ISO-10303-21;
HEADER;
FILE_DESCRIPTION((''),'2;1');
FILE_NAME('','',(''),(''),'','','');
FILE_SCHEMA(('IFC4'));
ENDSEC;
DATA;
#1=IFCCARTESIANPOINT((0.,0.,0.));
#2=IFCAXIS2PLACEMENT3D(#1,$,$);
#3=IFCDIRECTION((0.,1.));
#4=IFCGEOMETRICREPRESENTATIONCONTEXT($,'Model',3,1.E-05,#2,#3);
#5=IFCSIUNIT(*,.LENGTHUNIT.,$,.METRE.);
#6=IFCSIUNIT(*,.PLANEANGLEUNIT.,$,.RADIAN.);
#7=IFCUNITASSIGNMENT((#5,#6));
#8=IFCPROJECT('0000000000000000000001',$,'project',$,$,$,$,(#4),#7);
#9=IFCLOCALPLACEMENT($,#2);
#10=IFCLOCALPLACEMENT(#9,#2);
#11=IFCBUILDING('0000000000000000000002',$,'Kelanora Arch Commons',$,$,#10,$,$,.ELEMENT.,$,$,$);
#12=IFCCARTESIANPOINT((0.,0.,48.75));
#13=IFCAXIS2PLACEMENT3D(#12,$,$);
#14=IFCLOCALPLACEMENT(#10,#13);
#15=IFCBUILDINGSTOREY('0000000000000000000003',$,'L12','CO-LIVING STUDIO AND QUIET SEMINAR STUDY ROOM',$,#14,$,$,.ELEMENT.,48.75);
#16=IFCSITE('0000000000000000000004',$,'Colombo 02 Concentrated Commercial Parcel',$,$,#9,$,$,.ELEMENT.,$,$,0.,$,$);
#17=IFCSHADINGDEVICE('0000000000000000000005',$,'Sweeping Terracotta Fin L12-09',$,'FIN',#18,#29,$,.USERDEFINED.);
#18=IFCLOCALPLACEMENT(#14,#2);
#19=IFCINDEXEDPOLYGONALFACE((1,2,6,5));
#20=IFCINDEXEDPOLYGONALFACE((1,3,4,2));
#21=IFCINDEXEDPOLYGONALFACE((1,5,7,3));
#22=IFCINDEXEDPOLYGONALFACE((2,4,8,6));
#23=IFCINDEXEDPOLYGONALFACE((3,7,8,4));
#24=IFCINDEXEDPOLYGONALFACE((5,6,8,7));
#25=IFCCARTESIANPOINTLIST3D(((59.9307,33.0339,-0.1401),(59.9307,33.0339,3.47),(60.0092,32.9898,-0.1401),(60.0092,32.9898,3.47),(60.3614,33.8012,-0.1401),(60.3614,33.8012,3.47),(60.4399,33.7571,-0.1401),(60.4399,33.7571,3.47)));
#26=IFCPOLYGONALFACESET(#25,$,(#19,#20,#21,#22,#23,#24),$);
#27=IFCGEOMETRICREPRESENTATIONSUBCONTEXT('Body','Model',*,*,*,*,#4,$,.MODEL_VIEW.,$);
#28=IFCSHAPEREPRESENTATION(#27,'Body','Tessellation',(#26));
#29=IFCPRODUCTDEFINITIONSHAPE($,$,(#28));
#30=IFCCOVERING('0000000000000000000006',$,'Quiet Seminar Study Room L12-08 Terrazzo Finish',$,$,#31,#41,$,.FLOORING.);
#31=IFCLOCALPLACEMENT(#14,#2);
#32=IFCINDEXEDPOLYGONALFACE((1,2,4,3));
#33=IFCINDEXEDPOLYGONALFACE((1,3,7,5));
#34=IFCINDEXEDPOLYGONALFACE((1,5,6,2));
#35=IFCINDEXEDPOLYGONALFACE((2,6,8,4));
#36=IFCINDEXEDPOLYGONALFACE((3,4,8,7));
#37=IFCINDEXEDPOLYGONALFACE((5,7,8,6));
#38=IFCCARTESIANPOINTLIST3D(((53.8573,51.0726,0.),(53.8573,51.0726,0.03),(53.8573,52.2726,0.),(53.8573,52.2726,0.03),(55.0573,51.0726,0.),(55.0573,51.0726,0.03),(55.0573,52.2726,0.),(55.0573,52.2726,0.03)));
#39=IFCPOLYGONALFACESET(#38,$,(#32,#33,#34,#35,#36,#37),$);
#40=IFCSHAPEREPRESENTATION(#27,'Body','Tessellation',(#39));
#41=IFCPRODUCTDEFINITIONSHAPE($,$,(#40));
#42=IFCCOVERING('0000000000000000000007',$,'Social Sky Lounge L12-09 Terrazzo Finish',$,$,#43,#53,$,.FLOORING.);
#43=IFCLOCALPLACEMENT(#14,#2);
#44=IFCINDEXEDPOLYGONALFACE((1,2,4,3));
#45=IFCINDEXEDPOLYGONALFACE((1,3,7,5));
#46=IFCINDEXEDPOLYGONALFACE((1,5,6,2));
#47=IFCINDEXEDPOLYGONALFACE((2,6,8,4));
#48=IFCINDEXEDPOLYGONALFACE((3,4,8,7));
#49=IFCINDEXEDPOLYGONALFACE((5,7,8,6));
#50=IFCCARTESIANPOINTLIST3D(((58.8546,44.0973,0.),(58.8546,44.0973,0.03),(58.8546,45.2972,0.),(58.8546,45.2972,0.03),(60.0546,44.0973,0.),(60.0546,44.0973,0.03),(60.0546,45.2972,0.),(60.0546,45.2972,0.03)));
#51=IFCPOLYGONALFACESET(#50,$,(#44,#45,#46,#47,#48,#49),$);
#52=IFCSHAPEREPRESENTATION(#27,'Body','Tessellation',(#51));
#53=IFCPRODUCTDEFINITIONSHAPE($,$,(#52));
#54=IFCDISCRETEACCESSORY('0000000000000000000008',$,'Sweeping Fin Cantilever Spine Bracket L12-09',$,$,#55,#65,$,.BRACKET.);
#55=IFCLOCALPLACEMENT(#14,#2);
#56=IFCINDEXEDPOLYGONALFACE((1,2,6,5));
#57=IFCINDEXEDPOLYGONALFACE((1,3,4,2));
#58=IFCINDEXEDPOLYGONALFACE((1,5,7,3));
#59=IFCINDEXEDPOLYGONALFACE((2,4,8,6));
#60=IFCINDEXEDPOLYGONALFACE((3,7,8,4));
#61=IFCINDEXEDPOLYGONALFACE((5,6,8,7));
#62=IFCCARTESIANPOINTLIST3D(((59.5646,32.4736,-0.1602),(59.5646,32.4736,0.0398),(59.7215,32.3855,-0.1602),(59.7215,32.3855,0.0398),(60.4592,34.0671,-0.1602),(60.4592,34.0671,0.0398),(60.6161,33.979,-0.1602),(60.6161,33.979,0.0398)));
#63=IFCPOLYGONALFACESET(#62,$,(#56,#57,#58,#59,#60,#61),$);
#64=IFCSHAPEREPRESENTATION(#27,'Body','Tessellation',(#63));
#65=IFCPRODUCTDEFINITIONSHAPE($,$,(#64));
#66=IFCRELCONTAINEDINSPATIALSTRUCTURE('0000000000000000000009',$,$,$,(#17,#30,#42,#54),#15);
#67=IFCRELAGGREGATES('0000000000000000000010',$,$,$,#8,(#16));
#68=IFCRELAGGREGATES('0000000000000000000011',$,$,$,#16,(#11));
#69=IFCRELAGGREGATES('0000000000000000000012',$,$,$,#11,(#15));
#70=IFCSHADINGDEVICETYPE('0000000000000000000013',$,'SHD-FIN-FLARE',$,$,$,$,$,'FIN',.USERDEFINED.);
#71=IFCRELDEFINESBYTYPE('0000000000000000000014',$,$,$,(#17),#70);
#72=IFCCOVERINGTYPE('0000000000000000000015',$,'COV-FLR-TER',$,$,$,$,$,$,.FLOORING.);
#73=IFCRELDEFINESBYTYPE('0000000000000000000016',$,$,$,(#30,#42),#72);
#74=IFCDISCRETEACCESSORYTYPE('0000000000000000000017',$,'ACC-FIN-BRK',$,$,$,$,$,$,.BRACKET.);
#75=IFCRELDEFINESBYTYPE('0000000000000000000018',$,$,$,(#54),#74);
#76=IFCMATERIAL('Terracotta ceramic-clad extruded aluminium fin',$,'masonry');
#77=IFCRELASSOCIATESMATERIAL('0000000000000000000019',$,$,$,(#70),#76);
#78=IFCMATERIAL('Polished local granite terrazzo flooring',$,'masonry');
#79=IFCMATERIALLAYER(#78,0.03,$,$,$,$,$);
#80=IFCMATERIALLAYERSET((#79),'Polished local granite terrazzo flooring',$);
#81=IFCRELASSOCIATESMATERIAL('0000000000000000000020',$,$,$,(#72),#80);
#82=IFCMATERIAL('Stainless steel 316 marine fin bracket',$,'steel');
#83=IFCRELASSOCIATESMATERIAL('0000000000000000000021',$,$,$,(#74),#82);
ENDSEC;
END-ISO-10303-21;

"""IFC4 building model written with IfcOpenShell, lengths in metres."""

from ifc_helpers import new_model, si_unit, direction, frame, origin, origin_2d, place, context, subcontext, project, spatial, rectangle, extrude, source, transform, mapped, material, layer, layer_set, type_object, element, save


model = new_model("IFC4")

# Units and contexts
model_context = context("Model", 3, precision=1e-05, world=origin(), true_north=direction((0.0, 1.0)))
body_context = subcontext(model_context, "Body", "Model", "MODEL_VIEW")
ifc_project = project(units=[si_unit("LENGTHUNIT", "METRE"), si_unit("PLANEANGLEUNIT", "RADIAN")], contexts=[model_context])

# Site, building, storey
site_placement = place(None, origin())
site = spatial("IfcSite", under=ifc_project, at=site_placement, Name="Colombo 02 Concentrated Commercial Parcel", CompositionType="ELEMENT", RefElevation=0.0)
building_placement = place(site_placement, origin())
building = spatial("IfcBuilding", under=site, at=building_placement, Name="Kelanora Arch Commons", CompositionType="ELEMENT")
storey_placement = place(building_placement, frame((0.0, 0.0, 48.75)))
storey = spatial("IfcBuildingStorey", under=building, at=storey_placement, Name="L12", Description="CO-LIVING STUDIO AND QUIET SEMINAR STUDY ROOM", CompositionType="ELEMENT", Elevation=48.75)

# Shading device
ifc_material_1 = material(Name="Terracotta ceramic-clad extruded aluminium fin", Category="masonry")
shading_device_type = type_object("IfcShadingDeviceType", Name="SHD-FIN-FLARE", ElementType="FIN", PredefinedType="USERDEFINED", material=ifc_material_1)
shared_shape_1 = source(origin(), body_context, "Body", "SweptSolid", [
    extrude(rectangle(XDim=0.8799, YDim=0.0901, at=origin_2d()), origin(), (0.0, 0.0, 1.0), 3.6101),
])
shading_device_placement = place(storey_placement, frame((60.1853, 33.3955, -0.1401), z_axis=(0.0, 0.0, 1.0), x_axis=(-0.489535, -0.871984, 0.0)))
element("IfcShadingDevice", 1, at=shading_device_placement, inside=storey, type_object=shading_device_type, Name="Sweeping Terracotta Fin L12-09", ObjectType="FIN", PredefinedType="USERDEFINED", context=body_context, shape_type="MappedRepresentation", body=[
    mapped(shared_shape_1, transform((0.0, 0.0, 0.0), scale=1.0)),
])

# Coverings
ifc_material_2 = material(Name="Polished local granite terrazzo flooring", Category="masonry")
ifc_layer_1 = layer(ifc_material_2, 0.03)
ifc_layer_set_1 = layer_set([ifc_layer_1], Name="Polished local granite terrazzo flooring")
covering_type = type_object("IfcCoveringType", Name="COV-FLR-TER", PredefinedType="FLOORING", material=ifc_layer_set_1)
shared_shape_2 = source(origin(), body_context, "Body", "SweptSolid", [
    extrude(rectangle(XDim=1.2, YDim=1.2, at=origin_2d()), origin(), (0.0, 0.0, 1.0), 0.03),
])
for number, where, z_axis, x_axis, name in (
    (2, (54.4573, 51.6726, 0.0), (0.0, 0.0, 1.0), (1.0, 0.0, 0.0), "Quiet Seminar Study Room L12-08 Terrazzo Finish"),
    (3, (59.4546, 44.6973, 0.0), (0.0, 0.0, 1.0), (1.0, 0.0, 0.0), "Social Sky Lounge L12-09 Terrazzo Finish"),
):
    element("IfcCovering", number, at=place(storey_placement, frame(where, z_axis=z_axis, x_axis=x_axis)), inside=storey, type_object=covering_type, Name=name, PredefinedType="FLOORING", context=body_context, shape_type="MappedRepresentation", body=[
        mapped(shared_shape_2, transform((0.0, 0.0, 0.0), scale=1.0)),
    ])

# Discrete accessory
ifc_material_3 = material(Name="Stainless steel 316 marine fin bracket", Category="steel")
discrete_accessory_type = type_object("IfcDiscreteAccessoryType", Name="ACC-FIN-BRK", PredefinedType="BRACKET", material=ifc_material_3)
shared_shape_3 = source(origin(), body_context, "Body", "SweptSolid", [
    extrude(rectangle(XDim=1.8274, YDim=0.1799, at=origin_2d()), origin(), (0.0, 0.0, 1.0), 0.2),
])
discrete_accessory_placement = place(storey_placement, frame((60.0903, 33.2263, -0.1602), z_axis=(0.0, 0.0, 1.0), x_axis=(-0.489535, -0.871984, 0.0)))
element("IfcDiscreteAccessory", 4, at=discrete_accessory_placement, inside=storey, type_object=discrete_accessory_type, Name="Sweeping Fin Cantilever Spine Bracket L12-09", PredefinedType="BRACKET", context=body_context, shape_type="MappedRepresentation", body=[
    mapped(shared_shape_3, transform((0.0, 0.0, 0.0), scale=1.0)),
])

save(model, "model.ifc")
